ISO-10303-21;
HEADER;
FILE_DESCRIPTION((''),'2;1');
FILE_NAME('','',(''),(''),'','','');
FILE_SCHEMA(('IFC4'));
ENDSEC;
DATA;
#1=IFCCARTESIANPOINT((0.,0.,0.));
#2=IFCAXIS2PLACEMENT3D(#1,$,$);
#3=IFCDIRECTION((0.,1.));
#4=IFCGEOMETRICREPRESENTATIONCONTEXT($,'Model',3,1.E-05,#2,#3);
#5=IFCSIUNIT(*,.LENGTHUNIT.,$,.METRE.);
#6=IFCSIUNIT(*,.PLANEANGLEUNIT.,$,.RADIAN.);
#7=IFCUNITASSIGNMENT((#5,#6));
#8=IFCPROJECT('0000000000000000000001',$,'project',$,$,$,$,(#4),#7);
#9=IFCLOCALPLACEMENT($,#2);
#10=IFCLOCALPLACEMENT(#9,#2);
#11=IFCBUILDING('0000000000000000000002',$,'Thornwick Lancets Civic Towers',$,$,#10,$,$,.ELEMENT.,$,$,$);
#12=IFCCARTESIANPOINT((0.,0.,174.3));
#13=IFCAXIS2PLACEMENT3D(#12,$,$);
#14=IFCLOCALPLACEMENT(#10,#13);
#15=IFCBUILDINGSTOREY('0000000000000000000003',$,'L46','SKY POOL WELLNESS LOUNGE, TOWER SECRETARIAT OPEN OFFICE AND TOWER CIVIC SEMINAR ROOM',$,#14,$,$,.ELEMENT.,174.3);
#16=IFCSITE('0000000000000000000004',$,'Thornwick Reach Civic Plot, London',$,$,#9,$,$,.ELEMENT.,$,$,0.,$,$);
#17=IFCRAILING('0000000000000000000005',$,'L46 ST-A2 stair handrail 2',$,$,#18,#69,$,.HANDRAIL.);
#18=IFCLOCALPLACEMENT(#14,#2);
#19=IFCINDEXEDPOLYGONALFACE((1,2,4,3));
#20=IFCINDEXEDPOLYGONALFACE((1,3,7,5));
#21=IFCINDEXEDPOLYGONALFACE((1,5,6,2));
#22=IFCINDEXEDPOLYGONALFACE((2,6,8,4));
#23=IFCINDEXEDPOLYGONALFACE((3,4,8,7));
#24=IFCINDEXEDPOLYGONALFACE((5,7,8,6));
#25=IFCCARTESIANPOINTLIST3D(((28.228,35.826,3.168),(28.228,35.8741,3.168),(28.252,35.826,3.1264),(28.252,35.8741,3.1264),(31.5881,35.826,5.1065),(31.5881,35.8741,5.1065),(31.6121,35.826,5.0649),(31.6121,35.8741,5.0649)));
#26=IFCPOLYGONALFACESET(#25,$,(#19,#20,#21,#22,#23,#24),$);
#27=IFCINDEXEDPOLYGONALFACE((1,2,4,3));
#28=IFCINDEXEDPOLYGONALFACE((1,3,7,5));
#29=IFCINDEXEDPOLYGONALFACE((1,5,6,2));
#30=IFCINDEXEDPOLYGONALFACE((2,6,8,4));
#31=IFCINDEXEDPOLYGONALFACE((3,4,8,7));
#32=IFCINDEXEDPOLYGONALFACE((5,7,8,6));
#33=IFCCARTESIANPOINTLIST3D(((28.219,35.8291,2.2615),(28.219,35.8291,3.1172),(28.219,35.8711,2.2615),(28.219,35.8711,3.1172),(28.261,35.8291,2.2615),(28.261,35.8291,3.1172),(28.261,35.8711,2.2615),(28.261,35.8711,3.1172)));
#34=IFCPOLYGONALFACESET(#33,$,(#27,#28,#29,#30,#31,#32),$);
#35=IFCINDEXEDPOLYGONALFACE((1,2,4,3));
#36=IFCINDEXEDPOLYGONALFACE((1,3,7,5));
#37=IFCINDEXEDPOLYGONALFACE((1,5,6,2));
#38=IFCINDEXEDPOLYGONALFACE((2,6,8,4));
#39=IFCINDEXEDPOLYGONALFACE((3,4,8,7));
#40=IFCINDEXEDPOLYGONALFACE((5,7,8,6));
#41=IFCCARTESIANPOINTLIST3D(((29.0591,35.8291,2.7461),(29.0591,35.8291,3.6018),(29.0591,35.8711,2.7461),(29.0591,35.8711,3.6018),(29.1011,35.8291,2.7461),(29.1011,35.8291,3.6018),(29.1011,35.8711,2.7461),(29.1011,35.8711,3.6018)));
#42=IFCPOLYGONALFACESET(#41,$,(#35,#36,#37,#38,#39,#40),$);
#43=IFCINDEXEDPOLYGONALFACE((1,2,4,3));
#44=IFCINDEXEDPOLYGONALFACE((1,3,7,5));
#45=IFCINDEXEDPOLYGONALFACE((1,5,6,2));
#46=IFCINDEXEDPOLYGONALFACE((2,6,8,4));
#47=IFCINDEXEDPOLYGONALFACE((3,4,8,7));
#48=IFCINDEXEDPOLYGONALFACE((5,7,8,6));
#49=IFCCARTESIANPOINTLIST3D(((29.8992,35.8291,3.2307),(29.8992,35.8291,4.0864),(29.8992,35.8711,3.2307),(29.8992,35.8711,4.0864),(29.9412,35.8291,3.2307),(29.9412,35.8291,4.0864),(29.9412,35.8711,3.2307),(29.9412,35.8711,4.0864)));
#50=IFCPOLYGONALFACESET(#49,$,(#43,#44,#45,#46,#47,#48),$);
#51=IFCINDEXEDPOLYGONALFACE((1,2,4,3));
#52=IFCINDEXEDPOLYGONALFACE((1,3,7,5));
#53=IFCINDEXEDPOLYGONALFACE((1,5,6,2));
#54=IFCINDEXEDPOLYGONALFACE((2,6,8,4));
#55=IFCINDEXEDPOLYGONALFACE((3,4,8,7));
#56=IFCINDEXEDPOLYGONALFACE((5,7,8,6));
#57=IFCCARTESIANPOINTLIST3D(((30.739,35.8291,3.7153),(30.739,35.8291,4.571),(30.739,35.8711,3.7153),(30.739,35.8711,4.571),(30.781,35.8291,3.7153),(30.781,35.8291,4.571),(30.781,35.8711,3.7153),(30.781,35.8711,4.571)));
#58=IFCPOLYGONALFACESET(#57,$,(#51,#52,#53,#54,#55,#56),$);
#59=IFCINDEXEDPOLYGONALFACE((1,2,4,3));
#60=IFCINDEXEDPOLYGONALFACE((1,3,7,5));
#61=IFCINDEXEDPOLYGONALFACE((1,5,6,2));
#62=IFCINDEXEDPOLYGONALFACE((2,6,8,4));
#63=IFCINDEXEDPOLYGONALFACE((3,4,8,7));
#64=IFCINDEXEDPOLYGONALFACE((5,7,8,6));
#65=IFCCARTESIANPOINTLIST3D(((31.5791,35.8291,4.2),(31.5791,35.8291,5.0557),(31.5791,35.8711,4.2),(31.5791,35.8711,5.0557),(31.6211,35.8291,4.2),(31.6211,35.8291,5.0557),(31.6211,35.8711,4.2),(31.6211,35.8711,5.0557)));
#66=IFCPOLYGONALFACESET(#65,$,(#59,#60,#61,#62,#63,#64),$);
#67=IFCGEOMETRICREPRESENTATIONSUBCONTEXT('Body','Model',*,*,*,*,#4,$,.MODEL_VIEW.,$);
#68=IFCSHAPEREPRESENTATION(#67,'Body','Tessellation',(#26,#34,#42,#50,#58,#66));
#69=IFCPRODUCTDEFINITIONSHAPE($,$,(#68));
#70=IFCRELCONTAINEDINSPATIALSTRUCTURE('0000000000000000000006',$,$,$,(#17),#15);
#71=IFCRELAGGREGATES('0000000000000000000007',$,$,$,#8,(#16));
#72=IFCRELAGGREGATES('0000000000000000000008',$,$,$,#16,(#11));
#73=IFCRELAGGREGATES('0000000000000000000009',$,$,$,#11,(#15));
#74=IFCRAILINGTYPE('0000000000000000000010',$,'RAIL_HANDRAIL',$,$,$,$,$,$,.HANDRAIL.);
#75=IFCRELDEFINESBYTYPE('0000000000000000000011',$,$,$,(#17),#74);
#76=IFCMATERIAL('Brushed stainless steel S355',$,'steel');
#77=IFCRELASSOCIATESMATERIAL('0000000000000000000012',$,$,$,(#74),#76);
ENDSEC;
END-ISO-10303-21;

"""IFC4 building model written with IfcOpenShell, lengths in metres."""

from ifc_helpers import new_model, si_unit, direction, frame, origin, origin_2d, place, context, subcontext, project, spatial, rectangle, extrude, material, type_object, element, save


model = new_model("IFC4")

# Units and contexts
model_context = context("Model", 3, precision=1e-05, world=origin(), true_north=direction((0.0, 1.0)))
body_context = subcontext(model_context, "Body", "Model", "MODEL_VIEW")
ifc_project = project(units=[si_unit("LENGTHUNIT", "METRE"), si_unit("PLANEANGLEUNIT", "RADIAN")], contexts=[model_context])

# Site, building, storey
site_placement = place(None, origin())
site = spatial("IfcSite", under=ifc_project, at=site_placement, Name="Thornwick Reach Civic Plot, London", CompositionType="ELEMENT", RefElevation=0.0)
building_placement = place(site_placement, origin())
building = spatial("IfcBuilding", under=site, at=building_placement, Name="Thornwick Lancets Civic Towers", CompositionType="ELEMENT")
storey_placement = place(building_placement, frame((0.0, 0.0, 174.3)))
storey = spatial("IfcBuildingStorey", under=building, at=storey_placement, Name="L46", Description="SKY POOL WELLNESS LOUNGE, TOWER SECRETARIAT OPEN OFFICE AND TOWER CIVIC SEMINAR ROOM", CompositionType="ELEMENT", Elevation=174.3)

# Railing
ifc_material_1 = material(Name="Brushed stainless steel S355", Category="steel")
railing_type = type_object("IfcRailingType", Name="RAIL_HANDRAIL", PredefinedType="HANDRAIL", material=ifc_material_1)
railing_placement = place(storey_placement, frame((28.24, 35.8501, 2.2615)))
element("IfcRailing", 1, at=railing_placement, inside=storey, type_object=railing_type, Name="L46 ST-A2 stair handrail 2", PredefinedType="HANDRAIL", context=body_context, shape_type="SweptSolid", body=[
    extrude(rectangle(XDim=0.0481, YDim=0.0481, at=origin_2d()), frame((0.0, 0.0, 0.8857), z_axis=(0.866191, 0.0, 0.499713), x_axis=(0.0, 1.0, 0.0)), (0.0, 0.0, 1.0), 3.8792),
    extrude(rectangle(XDim=0.042, YDim=0.042, at=origin_2d()), origin(), (0.0, 0.0, 1.0), 0.8557),
    extrude(rectangle(XDim=0.042, YDim=0.042, at=origin_2d()), frame((0.8401, 0.0, 0.4846)), (0.0, 0.0, 1.0), 0.8557),
    extrude(rectangle(XDim=0.042, YDim=0.042, at=origin_2d()), frame((1.6802, 0.0, 0.9692)), (0.0, 0.0, 1.0), 0.8557),
    extrude(rectangle(XDim=0.042, YDim=0.042, at=origin_2d()), frame((2.52, 0.0, 1.4539)), (0.0, 0.0, 1.0), 0.8557),
    extrude(rectangle(XDim=0.042, YDim=0.042, at=origin_2d()), frame((3.3601, 0.0, 1.9385)), (0.0, 0.0, 1.0), 0.8557),
])

save(model, "model.ifc")
